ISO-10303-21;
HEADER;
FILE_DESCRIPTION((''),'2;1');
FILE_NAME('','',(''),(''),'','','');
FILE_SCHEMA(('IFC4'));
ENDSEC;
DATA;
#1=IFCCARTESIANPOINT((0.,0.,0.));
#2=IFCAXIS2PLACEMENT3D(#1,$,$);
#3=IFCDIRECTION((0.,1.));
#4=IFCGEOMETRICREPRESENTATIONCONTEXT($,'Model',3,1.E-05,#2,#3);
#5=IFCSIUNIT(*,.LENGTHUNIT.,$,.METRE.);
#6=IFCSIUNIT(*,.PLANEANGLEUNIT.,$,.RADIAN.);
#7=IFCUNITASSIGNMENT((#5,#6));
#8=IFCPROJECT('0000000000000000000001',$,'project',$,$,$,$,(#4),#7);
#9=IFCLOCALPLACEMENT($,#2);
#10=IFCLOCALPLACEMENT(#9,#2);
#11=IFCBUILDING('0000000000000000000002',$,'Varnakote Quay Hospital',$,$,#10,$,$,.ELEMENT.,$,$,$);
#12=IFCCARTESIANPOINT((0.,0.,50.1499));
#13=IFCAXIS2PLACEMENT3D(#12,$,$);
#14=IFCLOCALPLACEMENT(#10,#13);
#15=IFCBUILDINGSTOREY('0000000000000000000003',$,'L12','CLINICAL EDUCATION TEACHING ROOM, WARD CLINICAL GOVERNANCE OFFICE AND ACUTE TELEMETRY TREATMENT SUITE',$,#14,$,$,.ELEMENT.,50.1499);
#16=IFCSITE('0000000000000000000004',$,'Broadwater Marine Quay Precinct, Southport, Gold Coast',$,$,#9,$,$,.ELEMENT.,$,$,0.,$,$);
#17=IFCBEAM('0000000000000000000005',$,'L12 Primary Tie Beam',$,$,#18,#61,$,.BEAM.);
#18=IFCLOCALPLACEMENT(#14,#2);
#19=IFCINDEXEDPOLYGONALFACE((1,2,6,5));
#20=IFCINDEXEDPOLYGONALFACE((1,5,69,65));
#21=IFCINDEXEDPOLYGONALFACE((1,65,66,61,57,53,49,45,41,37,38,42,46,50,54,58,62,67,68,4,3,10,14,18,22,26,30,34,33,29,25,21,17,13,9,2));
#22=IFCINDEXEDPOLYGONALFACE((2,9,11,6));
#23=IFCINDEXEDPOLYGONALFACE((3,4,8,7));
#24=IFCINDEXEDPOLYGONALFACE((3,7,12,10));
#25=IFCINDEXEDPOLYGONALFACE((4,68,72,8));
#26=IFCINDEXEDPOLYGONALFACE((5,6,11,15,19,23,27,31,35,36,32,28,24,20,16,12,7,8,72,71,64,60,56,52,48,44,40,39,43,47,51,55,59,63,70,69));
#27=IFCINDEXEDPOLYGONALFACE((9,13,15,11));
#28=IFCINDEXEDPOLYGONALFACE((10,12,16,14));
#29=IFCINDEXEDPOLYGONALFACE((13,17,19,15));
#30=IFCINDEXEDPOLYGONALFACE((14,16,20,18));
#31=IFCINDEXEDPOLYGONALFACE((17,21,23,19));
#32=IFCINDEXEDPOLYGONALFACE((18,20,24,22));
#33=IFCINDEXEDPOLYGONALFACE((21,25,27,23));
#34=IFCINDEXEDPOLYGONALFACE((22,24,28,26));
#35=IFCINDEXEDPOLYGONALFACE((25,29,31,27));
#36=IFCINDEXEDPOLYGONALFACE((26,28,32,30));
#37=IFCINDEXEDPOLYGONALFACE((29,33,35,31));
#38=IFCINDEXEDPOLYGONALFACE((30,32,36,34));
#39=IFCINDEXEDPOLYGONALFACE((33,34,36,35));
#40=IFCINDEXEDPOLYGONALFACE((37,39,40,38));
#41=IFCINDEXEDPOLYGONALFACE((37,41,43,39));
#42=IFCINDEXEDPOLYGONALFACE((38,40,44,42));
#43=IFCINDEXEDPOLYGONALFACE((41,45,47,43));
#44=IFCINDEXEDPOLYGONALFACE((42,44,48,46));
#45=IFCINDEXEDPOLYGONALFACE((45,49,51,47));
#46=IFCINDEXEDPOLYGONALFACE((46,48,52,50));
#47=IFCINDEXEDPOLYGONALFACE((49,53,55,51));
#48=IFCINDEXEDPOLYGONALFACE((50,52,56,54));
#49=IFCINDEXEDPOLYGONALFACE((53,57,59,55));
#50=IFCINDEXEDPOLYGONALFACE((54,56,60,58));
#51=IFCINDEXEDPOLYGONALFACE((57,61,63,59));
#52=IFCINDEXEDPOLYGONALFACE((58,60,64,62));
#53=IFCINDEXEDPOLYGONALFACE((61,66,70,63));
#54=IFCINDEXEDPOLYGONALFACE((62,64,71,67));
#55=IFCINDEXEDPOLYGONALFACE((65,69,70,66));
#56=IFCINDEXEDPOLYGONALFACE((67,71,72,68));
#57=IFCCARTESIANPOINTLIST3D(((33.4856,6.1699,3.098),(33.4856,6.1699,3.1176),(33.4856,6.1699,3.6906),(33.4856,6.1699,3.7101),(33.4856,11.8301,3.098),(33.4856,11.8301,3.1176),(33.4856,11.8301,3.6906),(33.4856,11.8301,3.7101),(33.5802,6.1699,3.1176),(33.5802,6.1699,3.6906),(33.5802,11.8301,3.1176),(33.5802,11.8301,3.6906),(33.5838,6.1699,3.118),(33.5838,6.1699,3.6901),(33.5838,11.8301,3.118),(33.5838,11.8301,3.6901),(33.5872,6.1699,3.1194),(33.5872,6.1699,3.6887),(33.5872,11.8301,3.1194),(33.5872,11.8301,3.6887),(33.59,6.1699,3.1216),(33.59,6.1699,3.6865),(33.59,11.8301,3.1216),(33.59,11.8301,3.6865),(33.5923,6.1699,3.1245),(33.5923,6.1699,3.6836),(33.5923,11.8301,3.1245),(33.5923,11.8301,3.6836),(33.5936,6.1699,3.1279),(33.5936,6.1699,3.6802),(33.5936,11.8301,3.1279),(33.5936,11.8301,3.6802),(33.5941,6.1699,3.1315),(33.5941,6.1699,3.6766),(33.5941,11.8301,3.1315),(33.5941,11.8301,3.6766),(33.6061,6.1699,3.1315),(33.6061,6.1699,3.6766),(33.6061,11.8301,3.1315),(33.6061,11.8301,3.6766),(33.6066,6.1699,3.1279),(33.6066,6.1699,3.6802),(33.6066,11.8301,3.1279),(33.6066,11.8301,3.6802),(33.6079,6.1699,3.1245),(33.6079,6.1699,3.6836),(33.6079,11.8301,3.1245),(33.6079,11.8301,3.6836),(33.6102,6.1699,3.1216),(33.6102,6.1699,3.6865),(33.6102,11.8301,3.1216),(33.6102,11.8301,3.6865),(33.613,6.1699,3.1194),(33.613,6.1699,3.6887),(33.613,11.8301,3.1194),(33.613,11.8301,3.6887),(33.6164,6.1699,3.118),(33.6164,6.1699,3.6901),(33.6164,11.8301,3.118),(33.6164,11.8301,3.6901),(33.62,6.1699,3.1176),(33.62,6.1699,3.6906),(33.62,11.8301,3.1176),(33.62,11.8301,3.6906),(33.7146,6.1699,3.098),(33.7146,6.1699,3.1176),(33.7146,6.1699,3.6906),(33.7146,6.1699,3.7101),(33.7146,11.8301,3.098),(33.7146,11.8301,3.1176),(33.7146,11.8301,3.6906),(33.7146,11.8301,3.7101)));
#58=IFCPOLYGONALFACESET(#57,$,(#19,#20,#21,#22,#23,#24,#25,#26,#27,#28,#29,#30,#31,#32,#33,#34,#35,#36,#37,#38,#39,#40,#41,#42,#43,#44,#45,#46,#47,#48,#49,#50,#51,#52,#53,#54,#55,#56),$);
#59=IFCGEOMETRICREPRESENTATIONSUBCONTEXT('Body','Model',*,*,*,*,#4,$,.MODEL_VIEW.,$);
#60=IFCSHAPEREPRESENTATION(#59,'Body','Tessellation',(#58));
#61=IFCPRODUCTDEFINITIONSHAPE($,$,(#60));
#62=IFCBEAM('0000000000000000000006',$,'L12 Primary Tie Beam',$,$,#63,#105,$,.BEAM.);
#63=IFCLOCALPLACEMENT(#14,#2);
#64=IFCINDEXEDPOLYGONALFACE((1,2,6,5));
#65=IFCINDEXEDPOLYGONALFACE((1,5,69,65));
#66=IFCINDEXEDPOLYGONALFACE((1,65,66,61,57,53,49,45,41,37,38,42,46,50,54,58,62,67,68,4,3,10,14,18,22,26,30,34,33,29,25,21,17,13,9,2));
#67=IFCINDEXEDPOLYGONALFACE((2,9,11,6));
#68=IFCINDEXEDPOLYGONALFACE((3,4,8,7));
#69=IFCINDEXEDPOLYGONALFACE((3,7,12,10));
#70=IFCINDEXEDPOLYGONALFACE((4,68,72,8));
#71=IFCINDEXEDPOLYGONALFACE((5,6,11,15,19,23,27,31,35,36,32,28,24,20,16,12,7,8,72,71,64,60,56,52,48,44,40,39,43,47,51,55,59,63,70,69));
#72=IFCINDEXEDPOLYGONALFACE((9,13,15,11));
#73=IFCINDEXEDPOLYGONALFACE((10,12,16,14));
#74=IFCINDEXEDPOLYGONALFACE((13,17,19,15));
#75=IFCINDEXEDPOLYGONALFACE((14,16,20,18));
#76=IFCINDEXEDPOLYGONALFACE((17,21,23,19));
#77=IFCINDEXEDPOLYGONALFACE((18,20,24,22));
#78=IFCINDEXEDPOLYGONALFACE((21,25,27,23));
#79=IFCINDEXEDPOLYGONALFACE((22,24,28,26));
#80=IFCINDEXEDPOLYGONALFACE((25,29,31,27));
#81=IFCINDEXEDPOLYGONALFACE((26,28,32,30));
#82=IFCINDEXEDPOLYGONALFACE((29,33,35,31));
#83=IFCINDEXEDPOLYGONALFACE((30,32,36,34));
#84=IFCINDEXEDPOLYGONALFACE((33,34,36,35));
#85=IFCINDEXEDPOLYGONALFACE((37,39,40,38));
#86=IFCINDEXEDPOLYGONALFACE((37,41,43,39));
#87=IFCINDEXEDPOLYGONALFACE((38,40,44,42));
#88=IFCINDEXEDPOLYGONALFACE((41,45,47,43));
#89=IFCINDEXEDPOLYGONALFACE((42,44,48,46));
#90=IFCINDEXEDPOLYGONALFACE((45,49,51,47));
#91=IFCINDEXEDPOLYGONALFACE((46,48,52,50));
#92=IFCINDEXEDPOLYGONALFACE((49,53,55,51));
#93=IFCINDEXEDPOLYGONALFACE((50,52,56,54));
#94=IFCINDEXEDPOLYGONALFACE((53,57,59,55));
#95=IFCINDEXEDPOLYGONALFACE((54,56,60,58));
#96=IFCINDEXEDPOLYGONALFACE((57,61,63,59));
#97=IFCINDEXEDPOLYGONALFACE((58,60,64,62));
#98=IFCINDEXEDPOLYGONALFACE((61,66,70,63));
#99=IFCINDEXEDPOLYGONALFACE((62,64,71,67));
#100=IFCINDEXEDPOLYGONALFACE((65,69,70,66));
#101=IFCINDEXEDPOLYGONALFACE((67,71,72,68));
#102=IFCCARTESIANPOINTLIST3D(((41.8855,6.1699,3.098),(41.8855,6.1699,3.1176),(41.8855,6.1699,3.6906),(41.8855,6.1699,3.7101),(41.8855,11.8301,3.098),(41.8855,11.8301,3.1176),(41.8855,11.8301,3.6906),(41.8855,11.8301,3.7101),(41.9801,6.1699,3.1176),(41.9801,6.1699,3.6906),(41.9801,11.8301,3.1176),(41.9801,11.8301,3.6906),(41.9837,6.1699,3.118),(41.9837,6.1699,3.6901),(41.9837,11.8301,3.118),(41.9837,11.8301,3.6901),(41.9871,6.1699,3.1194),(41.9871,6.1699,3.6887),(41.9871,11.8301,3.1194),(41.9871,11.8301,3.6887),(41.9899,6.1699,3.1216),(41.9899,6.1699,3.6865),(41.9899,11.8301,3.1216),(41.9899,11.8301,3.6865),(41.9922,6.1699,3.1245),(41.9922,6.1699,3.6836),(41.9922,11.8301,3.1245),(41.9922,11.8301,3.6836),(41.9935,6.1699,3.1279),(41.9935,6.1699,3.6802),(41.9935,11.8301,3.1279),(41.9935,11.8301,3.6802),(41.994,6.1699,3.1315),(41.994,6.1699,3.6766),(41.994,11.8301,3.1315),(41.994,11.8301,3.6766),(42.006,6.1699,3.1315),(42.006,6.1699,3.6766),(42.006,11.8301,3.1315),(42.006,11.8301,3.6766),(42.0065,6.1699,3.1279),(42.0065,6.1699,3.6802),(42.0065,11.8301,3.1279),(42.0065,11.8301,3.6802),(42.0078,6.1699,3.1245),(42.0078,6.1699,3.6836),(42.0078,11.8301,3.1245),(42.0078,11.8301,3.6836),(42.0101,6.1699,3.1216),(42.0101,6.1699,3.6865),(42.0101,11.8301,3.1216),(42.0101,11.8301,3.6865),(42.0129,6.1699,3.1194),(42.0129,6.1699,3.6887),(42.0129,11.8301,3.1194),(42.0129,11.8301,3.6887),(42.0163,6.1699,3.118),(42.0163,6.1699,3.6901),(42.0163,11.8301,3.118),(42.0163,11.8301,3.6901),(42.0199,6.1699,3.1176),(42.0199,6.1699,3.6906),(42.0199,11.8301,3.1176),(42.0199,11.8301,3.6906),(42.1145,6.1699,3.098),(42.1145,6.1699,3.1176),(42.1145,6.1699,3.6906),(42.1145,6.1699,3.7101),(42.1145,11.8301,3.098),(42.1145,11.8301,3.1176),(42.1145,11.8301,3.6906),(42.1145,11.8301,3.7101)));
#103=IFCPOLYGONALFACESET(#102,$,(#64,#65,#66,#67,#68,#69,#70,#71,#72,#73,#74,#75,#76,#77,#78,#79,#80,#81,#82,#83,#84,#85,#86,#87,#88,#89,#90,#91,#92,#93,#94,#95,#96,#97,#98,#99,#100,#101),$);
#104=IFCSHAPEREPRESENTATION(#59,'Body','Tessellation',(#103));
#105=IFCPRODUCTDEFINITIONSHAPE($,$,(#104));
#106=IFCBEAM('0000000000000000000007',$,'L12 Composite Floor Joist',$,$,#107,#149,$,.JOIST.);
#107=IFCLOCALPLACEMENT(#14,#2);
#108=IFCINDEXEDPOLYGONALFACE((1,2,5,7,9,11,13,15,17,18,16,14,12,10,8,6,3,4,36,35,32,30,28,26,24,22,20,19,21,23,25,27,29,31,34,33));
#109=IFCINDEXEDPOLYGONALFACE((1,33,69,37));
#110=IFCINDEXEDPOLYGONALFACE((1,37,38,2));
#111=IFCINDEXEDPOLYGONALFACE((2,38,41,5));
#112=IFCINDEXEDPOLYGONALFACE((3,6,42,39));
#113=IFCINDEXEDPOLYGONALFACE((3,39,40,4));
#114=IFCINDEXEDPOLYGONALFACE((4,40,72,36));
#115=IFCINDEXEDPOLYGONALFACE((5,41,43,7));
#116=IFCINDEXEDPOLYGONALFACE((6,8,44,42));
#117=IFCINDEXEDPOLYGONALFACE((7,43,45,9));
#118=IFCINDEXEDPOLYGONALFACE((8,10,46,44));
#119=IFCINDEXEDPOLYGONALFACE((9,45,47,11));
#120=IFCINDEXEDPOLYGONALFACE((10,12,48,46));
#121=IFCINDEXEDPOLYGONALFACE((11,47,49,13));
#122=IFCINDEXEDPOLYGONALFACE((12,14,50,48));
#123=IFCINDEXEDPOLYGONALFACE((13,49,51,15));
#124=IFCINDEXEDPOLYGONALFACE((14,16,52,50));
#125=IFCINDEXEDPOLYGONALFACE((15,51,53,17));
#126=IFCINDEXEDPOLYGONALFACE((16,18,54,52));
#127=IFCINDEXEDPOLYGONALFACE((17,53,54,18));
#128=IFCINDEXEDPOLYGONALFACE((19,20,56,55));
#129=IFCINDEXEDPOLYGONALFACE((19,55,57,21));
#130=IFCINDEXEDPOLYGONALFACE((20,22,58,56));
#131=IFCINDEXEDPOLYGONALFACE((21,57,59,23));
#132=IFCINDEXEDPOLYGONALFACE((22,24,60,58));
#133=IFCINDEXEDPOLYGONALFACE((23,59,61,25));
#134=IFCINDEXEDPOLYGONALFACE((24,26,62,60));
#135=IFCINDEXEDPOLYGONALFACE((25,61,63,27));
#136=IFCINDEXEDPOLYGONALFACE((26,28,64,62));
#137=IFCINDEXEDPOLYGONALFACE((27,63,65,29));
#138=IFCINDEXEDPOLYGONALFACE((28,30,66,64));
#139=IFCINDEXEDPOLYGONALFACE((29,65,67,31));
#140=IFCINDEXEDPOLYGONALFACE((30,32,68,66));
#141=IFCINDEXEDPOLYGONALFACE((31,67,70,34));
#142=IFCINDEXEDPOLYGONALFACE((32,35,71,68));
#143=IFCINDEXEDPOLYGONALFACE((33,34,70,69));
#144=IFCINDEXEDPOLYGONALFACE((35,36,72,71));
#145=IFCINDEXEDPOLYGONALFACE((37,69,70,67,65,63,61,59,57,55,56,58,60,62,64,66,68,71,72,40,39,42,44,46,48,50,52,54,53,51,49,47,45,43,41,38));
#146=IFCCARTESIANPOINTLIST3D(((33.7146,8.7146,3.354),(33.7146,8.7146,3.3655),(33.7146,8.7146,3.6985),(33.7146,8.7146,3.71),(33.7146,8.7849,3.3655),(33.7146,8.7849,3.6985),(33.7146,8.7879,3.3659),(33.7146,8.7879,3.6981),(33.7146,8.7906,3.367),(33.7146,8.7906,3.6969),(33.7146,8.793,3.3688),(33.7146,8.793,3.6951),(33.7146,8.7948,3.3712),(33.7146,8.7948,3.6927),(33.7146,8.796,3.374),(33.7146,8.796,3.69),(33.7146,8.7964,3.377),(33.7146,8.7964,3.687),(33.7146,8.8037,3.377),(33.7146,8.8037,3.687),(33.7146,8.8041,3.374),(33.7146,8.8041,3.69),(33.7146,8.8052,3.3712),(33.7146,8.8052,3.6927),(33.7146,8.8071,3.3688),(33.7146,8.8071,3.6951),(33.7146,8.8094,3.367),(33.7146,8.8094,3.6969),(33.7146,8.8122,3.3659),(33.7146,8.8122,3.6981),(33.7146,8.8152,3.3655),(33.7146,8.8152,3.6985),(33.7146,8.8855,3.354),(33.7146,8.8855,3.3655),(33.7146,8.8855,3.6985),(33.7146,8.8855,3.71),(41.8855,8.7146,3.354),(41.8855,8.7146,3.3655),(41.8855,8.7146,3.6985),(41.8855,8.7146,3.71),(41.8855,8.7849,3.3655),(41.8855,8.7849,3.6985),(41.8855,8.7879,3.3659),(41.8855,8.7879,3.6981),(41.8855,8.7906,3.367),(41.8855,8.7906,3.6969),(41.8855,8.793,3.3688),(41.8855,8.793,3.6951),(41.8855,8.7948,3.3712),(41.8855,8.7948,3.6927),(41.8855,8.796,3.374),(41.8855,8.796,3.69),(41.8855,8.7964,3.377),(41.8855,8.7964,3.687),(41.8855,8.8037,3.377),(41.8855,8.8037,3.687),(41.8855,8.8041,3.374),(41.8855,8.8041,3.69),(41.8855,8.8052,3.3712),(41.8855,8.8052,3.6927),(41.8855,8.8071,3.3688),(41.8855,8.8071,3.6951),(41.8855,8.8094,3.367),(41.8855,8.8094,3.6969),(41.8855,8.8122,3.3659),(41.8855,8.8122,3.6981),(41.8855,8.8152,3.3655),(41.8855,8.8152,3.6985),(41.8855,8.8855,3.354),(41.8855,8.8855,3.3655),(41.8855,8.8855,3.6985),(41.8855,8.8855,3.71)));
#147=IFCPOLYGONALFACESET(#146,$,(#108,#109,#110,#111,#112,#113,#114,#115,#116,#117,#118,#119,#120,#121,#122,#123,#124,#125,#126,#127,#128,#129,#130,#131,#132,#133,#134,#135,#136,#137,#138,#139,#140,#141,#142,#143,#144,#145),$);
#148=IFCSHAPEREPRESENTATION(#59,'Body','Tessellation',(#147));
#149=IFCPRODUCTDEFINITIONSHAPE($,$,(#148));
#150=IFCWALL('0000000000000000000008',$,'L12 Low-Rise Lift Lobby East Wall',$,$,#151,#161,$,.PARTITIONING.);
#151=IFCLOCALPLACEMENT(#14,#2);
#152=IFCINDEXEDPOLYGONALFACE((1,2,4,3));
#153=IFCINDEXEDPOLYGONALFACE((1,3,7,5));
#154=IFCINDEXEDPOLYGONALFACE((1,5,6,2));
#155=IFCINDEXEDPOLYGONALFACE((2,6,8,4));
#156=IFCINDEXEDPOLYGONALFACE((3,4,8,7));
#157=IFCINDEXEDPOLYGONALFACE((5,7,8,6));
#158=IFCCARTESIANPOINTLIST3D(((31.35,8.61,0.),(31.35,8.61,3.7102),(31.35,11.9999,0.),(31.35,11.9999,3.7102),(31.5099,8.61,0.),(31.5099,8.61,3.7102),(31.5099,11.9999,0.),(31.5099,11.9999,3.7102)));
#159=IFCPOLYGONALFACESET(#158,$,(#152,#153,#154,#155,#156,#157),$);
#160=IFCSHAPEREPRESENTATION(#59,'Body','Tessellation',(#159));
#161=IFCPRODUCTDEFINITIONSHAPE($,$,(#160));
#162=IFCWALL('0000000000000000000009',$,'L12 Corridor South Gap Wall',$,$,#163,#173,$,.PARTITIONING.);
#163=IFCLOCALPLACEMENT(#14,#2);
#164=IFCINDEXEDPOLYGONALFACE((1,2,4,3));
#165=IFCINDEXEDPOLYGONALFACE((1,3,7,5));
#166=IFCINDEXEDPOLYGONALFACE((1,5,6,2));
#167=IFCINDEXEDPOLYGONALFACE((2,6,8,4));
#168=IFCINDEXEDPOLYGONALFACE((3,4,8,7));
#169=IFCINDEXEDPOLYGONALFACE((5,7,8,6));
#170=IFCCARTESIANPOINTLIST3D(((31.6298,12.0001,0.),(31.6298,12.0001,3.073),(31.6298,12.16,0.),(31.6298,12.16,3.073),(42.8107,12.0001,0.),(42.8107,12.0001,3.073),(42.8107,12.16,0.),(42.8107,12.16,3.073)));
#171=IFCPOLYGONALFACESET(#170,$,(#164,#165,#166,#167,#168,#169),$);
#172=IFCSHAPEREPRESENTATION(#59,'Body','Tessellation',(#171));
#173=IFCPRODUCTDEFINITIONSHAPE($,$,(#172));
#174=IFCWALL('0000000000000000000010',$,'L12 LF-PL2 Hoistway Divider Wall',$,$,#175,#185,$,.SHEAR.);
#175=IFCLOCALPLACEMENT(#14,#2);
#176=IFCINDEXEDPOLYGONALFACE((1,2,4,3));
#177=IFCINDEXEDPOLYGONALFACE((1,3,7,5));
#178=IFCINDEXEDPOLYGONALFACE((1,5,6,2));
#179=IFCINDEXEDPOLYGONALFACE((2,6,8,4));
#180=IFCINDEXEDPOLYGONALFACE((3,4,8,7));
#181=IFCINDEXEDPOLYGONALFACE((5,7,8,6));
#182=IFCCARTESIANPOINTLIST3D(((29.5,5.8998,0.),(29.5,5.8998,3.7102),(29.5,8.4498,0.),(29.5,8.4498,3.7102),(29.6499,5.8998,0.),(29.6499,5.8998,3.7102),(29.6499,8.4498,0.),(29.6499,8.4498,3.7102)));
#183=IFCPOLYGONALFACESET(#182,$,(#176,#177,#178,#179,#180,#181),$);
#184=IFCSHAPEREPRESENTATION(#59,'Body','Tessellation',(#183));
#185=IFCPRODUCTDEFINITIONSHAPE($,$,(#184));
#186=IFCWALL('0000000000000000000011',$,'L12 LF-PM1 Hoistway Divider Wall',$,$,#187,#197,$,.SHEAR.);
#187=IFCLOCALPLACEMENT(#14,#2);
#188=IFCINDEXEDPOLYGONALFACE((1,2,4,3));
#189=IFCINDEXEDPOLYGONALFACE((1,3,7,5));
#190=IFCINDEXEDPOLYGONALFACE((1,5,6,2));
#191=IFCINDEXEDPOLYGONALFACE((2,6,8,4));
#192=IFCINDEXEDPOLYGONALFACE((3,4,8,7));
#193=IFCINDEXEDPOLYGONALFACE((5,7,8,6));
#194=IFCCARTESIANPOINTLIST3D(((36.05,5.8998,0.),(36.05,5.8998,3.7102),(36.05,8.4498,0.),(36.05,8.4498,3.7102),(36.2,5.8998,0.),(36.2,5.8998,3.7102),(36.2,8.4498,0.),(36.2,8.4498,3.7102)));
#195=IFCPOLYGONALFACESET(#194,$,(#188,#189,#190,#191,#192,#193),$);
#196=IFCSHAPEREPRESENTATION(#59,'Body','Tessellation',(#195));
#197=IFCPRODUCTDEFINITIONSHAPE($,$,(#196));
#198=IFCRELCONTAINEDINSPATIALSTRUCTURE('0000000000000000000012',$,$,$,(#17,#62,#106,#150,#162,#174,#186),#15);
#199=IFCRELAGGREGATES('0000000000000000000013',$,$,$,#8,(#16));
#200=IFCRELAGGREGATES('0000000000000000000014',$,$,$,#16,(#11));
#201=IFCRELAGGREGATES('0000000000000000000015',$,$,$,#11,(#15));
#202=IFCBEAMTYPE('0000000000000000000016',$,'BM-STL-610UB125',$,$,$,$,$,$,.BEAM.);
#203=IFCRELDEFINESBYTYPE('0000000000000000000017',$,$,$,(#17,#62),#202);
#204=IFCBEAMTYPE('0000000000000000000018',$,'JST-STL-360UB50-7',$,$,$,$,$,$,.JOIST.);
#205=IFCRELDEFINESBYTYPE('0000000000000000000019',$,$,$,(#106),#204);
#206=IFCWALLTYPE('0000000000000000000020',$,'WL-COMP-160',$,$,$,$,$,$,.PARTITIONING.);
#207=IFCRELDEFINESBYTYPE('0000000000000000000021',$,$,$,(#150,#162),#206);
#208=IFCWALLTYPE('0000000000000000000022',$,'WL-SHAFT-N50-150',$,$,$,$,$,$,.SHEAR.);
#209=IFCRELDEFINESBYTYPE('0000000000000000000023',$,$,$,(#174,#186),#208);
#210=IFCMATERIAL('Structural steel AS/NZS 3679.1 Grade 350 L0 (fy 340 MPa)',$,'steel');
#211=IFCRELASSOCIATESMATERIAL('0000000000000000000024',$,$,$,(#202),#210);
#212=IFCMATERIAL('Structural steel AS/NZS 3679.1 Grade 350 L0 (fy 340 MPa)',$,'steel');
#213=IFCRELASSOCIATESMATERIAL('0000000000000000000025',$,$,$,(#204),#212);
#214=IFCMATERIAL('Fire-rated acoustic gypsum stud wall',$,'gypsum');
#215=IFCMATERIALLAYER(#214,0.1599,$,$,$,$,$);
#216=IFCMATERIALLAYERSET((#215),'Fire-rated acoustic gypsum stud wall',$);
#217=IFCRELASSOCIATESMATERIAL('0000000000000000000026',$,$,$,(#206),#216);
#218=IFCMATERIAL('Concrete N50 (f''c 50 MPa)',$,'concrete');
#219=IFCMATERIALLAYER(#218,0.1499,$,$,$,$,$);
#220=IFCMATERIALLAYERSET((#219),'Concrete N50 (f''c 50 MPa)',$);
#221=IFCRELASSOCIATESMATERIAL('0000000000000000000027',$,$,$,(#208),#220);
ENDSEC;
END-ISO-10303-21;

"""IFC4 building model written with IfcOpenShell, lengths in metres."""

from ifc_helpers import new_model, si_unit, direction, frame, frame_2d, origin, origin_2d, place, context, subcontext, project, spatial, rectangle, i_section, extrude, material, layer, layer_set, material_profile, profile_set, type_object, element, save


model = new_model("IFC4")

# Units and contexts
model_context = context("Model", 3, precision=1e-05, world=origin(), true_north=direction((0.0, 1.0)))
body_context = subcontext(model_context, "Body", "Model", "MODEL_VIEW")
ifc_project = project(units=[si_unit("LENGTHUNIT", "METRE"), si_unit("PLANEANGLEUNIT", "RADIAN")], contexts=[model_context])

# Site, building, storey
site_placement = place(None, origin())
site = spatial("IfcSite", under=ifc_project, at=site_placement, Name="Broadwater Marine Quay Precinct, Southport, Gold Coast", CompositionType="ELEMENT", RefElevation=0.0)
building_placement = place(site_placement, origin())
building = spatial("IfcBuilding", under=site, at=building_placement, Name="Varnakote Quay Hospital", CompositionType="ELEMENT")
storey_placement = place(building_placement, frame((0.0, 0.0, 50.1499)))
storey = spatial("IfcBuildingStorey", under=building, at=storey_placement, Name="L12", Description="CLINICAL EDUCATION TEACHING ROOM, WARD CLINICAL GOVERNANCE OFFICE AND ACUTE TELEMETRY TREATMENT SUITE", CompositionType="ELEMENT", Elevation=50.1499)

# Beams
ifc_material_1 = material(Name="Structural steel AS/NZS 3679.1 Grade 350 L0 (fy 340 MPa)", Category="steel")
ifc_material_profile_1 = material_profile(ifc_material_1, i_section(OverallWidth=0.229, OverallDepth=0.6121, WebThickness=0.012, FlangeThickness=0.0195, FilletRadius=0.0139, at=origin_2d()), Name="610UB125")
ifc_profile_set_1 = profile_set([ifc_material_profile_1], Name="Structural steel AS/NZS 3679.1 Grade 350 L0 (fy 340 MPa)")
beam_type_1 = type_object("IfcBeamType", Name="BM-STL-610UB125", PredefinedType="BEAM", material=ifc_profile_set_1)
for number, where, z_axis, x_axis, name in (
    (1, (33.6001, 6.1699, 3.4041), (0.0, 1.0, 0.0), (-1.0, 0.0, 0.0), "L12 Primary Tie Beam"),
    (2, (42.0, 6.1699, 3.4041), (0.0, 1.0, 0.0), (-1.0, 0.0, 0.0), "L12 Primary Tie Beam"),
):
    element("IfcBeam", number, at=place(storey_placement, frame(where, z_axis=z_axis, x_axis=x_axis)), inside=storey, type_object=beam_type_1, Name=name, PredefinedType="BEAM", context=body_context, shape_type="SweptSolid", body=[
        extrude(i_section(OverallWidth=0.229, OverallDepth=0.6121, WebThickness=0.012, FlangeThickness=0.0195, FilletRadius=0.0139, at=origin_2d()), origin(), (0.0, 0.0, 1.0), 5.6602),
    ])
ifc_material_2 = material(Name="Structural steel AS/NZS 3679.1 Grade 350 L0 (fy 340 MPa)", Category="steel")
ifc_material_profile_2 = material_profile(ifc_material_2, i_section(OverallWidth=0.1709, OverallDepth=0.356, WebThickness=0.0073, FlangeThickness=0.0115, FilletRadius=0.0115, at=origin_2d()), Name="360UB50.7")
ifc_profile_set_2 = profile_set([ifc_material_profile_2], Name="Structural steel AS/NZS 3679.1 Grade 350 L0 (fy 340 MPa)")
beam_type_2 = type_object("IfcBeamType", Name="JST-STL-360UB50-7", PredefinedType="JOIST", material=ifc_profile_set_2)
beam_placement = place(storey_placement, frame((33.7146, 8.8, 3.532), z_axis=(1.0, 0.0, 0.0), x_axis=(0.0, 1.0, 0.0)))
element("IfcBeam", 3, at=beam_placement, inside=storey, type_object=beam_type_2, Name="L12 Composite Floor Joist", PredefinedType="JOIST", context=body_context, shape_type="SweptSolid", body=[
    extrude(i_section(OverallWidth=0.1709, OverallDepth=0.356, WebThickness=0.0073, FlangeThickness=0.0115, FilletRadius=0.0115, at=origin_2d()), origin(), (0.0, 0.0, 1.0), 8.1709),
])

# Walls
ifc_material_3 = material(Name="Fire-rated acoustic gypsum stud wall", Category="gypsum")
ifc_layer_1 = layer(ifc_material_3, 0.1599)
ifc_layer_set_1 = layer_set([ifc_layer_1], Name="Fire-rated acoustic gypsum stud wall")
wall_type_1 = type_object("IfcWallType", Name="WL-COMP-160", PredefinedType="PARTITIONING", material=ifc_layer_set_1)
wall_1_placement = place(storey_placement, frame((31.4299, 8.6101, 0.0), z_axis=(0.0, 0.0, 1.0), x_axis=(0.0, 1.0, 0.0)))
element("IfcWall", 4, at=wall_1_placement, inside=storey, type_object=wall_type_1, Name="L12 Low-Rise Lift Lobby East Wall", PredefinedType="PARTITIONING", context=body_context, shape_type="SweptSolid", body=[
    extrude(rectangle(XDim=3.3899, YDim=0.1599, at=frame_2d((1.6948, 0.0))), origin(), (0.0, 0.0, 1.0), 3.7102),
])
wall_2_placement = place(storey_placement, frame((31.6299, 12.0801, 0.0), z_axis=(0.0, 0.0, 1.0), x_axis=(1.0, 0.0, 0.0)))
element("IfcWall", 5, at=wall_2_placement, inside=storey, type_object=wall_type_1, Name="L12 Corridor South Gap Wall", PredefinedType="PARTITIONING", context=body_context, shape_type="SweptSolid", body=[
    extrude(rectangle(XDim=11.1809, YDim=0.1599, at=frame_2d((5.5903, 0.0))), origin(), (0.0, 0.0, 1.0), 3.073),
])
ifc_material_4 = material(Name="Concrete N50 (f'c 50 MPa)", Category="concrete")
ifc_layer_2 = layer(ifc_material_4, 0.1499)
ifc_layer_set_2 = layer_set([ifc_layer_2], Name="Concrete N50 (f'c 50 MPa)")
wall_type_2 = type_object("IfcWallType", Name="WL-SHAFT-N50-150", PredefinedType="SHEAR", material=ifc_layer_set_2)
for number, where, z_axis, x_axis, name in (
    (6, (29.575, 5.8999, 0.0), (0.0, 0.0, 1.0), (0.0, 1.0, 0.0), "L12 LF-PL2 Hoistway Divider Wall"),
    (7, (36.125, 5.8999, 0.0), (0.0, 0.0, 1.0), (0.0, 1.0, 0.0), "L12 LF-PM1 Hoistway Divider Wall"),
):
    element("IfcWall", number, at=place(storey_placement, frame(where, z_axis=z_axis, x_axis=x_axis)), inside=storey, type_object=wall_type_2, Name=name, PredefinedType="SHEAR", context=body_context, shape_type="SweptSolid", body=[
        extrude(rectangle(XDim=2.55, YDim=0.1499, at=frame_2d((1.2749, 0.0))), origin(), (0.0, 0.0, 1.0), 3.7102),
    ])

save(model, "model.ifc")
